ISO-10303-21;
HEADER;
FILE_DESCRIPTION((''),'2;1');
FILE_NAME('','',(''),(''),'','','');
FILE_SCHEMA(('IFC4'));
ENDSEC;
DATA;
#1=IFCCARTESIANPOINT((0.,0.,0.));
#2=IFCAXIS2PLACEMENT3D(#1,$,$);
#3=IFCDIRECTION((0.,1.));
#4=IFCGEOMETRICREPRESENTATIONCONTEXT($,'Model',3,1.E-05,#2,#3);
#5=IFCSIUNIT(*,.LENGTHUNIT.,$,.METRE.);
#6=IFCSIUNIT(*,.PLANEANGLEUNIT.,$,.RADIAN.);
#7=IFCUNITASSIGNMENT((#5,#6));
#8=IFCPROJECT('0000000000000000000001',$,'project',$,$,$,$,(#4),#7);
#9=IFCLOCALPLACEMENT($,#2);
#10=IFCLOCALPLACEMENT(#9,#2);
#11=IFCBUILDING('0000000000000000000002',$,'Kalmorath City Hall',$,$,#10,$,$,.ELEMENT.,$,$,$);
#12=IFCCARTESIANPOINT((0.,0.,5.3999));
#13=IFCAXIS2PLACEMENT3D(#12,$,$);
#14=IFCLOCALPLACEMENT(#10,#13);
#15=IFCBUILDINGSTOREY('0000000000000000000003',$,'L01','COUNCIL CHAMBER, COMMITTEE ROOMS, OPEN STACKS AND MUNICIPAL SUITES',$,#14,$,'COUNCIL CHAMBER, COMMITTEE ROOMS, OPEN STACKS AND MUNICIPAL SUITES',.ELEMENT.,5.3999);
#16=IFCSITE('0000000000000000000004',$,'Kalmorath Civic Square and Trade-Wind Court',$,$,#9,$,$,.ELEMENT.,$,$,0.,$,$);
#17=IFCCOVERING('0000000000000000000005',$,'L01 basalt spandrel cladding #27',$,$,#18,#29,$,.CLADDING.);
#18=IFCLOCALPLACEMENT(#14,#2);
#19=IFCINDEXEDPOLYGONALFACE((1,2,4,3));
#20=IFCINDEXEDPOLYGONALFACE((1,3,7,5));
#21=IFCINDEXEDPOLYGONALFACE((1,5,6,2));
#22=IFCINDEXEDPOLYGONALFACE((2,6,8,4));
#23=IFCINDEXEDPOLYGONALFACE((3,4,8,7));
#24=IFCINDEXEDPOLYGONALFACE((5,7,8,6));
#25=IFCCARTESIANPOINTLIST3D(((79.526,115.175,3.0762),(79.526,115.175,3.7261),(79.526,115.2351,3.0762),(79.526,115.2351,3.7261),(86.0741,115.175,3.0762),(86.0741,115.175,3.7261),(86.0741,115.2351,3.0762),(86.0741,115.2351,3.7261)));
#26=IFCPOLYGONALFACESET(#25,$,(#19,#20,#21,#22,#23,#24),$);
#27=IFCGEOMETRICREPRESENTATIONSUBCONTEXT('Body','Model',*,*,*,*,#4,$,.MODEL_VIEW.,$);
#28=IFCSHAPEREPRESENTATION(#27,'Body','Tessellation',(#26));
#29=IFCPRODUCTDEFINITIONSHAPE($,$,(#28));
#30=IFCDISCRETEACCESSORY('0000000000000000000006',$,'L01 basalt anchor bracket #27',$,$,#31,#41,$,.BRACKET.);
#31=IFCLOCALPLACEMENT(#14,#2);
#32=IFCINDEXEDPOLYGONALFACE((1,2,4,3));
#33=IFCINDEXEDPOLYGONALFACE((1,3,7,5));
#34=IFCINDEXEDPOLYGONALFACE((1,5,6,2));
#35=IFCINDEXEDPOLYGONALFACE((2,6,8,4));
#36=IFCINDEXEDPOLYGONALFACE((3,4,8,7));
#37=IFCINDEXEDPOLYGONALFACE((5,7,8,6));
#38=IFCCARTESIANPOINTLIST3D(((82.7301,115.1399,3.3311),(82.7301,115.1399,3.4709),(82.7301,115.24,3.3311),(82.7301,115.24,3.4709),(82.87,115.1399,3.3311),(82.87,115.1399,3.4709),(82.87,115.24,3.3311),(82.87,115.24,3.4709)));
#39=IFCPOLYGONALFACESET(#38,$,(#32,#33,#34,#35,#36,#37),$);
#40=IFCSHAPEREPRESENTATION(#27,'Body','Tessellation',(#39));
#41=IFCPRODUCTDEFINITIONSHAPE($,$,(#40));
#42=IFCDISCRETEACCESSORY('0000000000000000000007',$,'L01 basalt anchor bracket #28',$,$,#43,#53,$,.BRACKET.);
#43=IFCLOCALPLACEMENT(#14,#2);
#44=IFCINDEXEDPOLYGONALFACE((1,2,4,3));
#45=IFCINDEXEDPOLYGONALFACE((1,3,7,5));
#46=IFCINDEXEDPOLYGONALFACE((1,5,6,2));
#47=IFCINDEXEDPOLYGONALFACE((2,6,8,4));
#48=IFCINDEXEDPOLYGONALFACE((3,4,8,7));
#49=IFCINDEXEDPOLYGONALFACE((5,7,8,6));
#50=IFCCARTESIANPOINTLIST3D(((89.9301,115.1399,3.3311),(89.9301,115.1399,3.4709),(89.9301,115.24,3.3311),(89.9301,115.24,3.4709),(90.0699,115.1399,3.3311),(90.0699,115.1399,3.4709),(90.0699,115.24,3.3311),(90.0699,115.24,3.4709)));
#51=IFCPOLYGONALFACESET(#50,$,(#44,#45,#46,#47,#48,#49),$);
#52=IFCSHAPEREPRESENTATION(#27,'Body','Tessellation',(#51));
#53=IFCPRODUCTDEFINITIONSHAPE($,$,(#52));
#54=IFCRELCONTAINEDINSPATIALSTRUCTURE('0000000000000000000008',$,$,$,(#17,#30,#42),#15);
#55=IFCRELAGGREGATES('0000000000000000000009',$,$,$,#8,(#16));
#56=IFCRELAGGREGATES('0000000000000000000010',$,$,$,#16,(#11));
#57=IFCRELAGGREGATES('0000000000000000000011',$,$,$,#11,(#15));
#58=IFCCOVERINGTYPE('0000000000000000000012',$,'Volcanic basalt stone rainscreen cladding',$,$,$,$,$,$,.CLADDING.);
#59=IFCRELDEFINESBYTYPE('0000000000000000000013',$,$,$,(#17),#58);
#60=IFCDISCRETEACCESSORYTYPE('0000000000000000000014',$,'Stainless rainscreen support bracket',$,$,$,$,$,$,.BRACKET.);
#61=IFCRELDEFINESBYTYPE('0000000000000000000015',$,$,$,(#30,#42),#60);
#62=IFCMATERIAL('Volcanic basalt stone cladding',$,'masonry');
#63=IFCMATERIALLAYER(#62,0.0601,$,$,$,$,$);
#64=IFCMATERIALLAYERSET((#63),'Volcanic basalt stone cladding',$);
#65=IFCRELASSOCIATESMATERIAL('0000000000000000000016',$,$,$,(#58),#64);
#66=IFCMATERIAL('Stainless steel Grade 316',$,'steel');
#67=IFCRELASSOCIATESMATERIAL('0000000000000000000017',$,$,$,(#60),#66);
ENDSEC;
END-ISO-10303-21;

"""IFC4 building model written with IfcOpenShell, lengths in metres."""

from ifc_helpers import new_model, si_unit, direction, frame, origin, origin_2d, place, context, subcontext, project, spatial, rectangle, extrude, material, layer, layer_set, type_object, element, save


model = new_model("IFC4")

# Units and contexts
model_context = context("Model", 3, precision=1e-05, world=origin(), true_north=direction((0.0, 1.0)))
body_context = subcontext(model_context, "Body", "Model", "MODEL_VIEW")
ifc_project = project(units=[si_unit("LENGTHUNIT", "METRE"), si_unit("PLANEANGLEUNIT", "RADIAN")], contexts=[model_context])

# Site, building, storey
site_placement = place(None, origin())
site = spatial("IfcSite", under=ifc_project, at=site_placement, Name="Kalmorath Civic Square and Trade-Wind Court", CompositionType="ELEMENT", RefElevation=0.0)
building_placement = place(site_placement, origin())
building = spatial("IfcBuilding", under=site, at=building_placement, Name="Kalmorath City Hall", CompositionType="ELEMENT")
storey_placement = place(building_placement, frame((0.0, 0.0, 5.3999)))
storey = spatial("IfcBuildingStorey", under=building, at=storey_placement, Name="L01", Description="COUNCIL CHAMBER, COMMITTEE ROOMS, OPEN STACKS AND MUNICIPAL SUITES", LongName="COUNCIL CHAMBER, COMMITTEE ROOMS, OPEN STACKS AND MUNICIPAL SUITES", CompositionType="ELEMENT", Elevation=5.3999)

# Covering
ifc_material_1 = material(Name="Volcanic basalt stone cladding", Category="masonry")
ifc_layer_1 = layer(ifc_material_1, 0.0601)
ifc_layer_set_1 = layer_set([ifc_layer_1], Name="Volcanic basalt stone cladding")
covering_type = type_object("IfcCoveringType", Name="Volcanic basalt stone rainscreen cladding", PredefinedType="CLADDING", material=ifc_layer_set_1)
covering_placement = place(storey_placement, frame((82.8, 115.2051, 3.0762), z_axis=(0.0, 0.0, 1.0), x_axis=(1.0, 0.0, 0.0)))
element("IfcCovering", 1, at=covering_placement, inside=storey, type_object=covering_type, Name="L01 basalt spandrel cladding #27", PredefinedType="CLADDING", context=body_context, shape_type="SweptSolid", body=[
    extrude(rectangle(XDim=6.5481, YDim=0.0601, at=origin_2d()), origin(), (0.0, 0.0, 1.0), 0.6499),
])

# Discrete accessories
ifc_material_2 = material(Name="Stainless steel Grade 316", Category="steel")
discrete_accessory_type = type_object("IfcDiscreteAccessoryType", Name="Stainless rainscreen support bracket", PredefinedType="BRACKET", material=ifc_material_2)
for number, where, z_axis, x_axis, name in (
    (2, (82.8, 115.1899, 3.3311), (0.0, 0.0, 1.0), (1.0, 0.0, 0.0), "L01 basalt anchor bracket #27"),
    (3, (90.0, 115.1899, 3.3311), (0.0, 0.0, 1.0), (1.0, 0.0, 0.0), "L01 basalt anchor bracket #28"),
):
    element("IfcDiscreteAccessory", number, at=place(storey_placement, frame(where, z_axis=z_axis, x_axis=x_axis)), inside=storey, type_object=discrete_accessory_type, Name=name, PredefinedType="BRACKET", context=body_context, shape_type="SweptSolid", body=[
        extrude(rectangle(XDim=0.1399, YDim=0.1001, at=origin_2d()), origin(), (0.0, 0.0, 1.0), 0.1399),
    ])

save(model, "model.ifc")
